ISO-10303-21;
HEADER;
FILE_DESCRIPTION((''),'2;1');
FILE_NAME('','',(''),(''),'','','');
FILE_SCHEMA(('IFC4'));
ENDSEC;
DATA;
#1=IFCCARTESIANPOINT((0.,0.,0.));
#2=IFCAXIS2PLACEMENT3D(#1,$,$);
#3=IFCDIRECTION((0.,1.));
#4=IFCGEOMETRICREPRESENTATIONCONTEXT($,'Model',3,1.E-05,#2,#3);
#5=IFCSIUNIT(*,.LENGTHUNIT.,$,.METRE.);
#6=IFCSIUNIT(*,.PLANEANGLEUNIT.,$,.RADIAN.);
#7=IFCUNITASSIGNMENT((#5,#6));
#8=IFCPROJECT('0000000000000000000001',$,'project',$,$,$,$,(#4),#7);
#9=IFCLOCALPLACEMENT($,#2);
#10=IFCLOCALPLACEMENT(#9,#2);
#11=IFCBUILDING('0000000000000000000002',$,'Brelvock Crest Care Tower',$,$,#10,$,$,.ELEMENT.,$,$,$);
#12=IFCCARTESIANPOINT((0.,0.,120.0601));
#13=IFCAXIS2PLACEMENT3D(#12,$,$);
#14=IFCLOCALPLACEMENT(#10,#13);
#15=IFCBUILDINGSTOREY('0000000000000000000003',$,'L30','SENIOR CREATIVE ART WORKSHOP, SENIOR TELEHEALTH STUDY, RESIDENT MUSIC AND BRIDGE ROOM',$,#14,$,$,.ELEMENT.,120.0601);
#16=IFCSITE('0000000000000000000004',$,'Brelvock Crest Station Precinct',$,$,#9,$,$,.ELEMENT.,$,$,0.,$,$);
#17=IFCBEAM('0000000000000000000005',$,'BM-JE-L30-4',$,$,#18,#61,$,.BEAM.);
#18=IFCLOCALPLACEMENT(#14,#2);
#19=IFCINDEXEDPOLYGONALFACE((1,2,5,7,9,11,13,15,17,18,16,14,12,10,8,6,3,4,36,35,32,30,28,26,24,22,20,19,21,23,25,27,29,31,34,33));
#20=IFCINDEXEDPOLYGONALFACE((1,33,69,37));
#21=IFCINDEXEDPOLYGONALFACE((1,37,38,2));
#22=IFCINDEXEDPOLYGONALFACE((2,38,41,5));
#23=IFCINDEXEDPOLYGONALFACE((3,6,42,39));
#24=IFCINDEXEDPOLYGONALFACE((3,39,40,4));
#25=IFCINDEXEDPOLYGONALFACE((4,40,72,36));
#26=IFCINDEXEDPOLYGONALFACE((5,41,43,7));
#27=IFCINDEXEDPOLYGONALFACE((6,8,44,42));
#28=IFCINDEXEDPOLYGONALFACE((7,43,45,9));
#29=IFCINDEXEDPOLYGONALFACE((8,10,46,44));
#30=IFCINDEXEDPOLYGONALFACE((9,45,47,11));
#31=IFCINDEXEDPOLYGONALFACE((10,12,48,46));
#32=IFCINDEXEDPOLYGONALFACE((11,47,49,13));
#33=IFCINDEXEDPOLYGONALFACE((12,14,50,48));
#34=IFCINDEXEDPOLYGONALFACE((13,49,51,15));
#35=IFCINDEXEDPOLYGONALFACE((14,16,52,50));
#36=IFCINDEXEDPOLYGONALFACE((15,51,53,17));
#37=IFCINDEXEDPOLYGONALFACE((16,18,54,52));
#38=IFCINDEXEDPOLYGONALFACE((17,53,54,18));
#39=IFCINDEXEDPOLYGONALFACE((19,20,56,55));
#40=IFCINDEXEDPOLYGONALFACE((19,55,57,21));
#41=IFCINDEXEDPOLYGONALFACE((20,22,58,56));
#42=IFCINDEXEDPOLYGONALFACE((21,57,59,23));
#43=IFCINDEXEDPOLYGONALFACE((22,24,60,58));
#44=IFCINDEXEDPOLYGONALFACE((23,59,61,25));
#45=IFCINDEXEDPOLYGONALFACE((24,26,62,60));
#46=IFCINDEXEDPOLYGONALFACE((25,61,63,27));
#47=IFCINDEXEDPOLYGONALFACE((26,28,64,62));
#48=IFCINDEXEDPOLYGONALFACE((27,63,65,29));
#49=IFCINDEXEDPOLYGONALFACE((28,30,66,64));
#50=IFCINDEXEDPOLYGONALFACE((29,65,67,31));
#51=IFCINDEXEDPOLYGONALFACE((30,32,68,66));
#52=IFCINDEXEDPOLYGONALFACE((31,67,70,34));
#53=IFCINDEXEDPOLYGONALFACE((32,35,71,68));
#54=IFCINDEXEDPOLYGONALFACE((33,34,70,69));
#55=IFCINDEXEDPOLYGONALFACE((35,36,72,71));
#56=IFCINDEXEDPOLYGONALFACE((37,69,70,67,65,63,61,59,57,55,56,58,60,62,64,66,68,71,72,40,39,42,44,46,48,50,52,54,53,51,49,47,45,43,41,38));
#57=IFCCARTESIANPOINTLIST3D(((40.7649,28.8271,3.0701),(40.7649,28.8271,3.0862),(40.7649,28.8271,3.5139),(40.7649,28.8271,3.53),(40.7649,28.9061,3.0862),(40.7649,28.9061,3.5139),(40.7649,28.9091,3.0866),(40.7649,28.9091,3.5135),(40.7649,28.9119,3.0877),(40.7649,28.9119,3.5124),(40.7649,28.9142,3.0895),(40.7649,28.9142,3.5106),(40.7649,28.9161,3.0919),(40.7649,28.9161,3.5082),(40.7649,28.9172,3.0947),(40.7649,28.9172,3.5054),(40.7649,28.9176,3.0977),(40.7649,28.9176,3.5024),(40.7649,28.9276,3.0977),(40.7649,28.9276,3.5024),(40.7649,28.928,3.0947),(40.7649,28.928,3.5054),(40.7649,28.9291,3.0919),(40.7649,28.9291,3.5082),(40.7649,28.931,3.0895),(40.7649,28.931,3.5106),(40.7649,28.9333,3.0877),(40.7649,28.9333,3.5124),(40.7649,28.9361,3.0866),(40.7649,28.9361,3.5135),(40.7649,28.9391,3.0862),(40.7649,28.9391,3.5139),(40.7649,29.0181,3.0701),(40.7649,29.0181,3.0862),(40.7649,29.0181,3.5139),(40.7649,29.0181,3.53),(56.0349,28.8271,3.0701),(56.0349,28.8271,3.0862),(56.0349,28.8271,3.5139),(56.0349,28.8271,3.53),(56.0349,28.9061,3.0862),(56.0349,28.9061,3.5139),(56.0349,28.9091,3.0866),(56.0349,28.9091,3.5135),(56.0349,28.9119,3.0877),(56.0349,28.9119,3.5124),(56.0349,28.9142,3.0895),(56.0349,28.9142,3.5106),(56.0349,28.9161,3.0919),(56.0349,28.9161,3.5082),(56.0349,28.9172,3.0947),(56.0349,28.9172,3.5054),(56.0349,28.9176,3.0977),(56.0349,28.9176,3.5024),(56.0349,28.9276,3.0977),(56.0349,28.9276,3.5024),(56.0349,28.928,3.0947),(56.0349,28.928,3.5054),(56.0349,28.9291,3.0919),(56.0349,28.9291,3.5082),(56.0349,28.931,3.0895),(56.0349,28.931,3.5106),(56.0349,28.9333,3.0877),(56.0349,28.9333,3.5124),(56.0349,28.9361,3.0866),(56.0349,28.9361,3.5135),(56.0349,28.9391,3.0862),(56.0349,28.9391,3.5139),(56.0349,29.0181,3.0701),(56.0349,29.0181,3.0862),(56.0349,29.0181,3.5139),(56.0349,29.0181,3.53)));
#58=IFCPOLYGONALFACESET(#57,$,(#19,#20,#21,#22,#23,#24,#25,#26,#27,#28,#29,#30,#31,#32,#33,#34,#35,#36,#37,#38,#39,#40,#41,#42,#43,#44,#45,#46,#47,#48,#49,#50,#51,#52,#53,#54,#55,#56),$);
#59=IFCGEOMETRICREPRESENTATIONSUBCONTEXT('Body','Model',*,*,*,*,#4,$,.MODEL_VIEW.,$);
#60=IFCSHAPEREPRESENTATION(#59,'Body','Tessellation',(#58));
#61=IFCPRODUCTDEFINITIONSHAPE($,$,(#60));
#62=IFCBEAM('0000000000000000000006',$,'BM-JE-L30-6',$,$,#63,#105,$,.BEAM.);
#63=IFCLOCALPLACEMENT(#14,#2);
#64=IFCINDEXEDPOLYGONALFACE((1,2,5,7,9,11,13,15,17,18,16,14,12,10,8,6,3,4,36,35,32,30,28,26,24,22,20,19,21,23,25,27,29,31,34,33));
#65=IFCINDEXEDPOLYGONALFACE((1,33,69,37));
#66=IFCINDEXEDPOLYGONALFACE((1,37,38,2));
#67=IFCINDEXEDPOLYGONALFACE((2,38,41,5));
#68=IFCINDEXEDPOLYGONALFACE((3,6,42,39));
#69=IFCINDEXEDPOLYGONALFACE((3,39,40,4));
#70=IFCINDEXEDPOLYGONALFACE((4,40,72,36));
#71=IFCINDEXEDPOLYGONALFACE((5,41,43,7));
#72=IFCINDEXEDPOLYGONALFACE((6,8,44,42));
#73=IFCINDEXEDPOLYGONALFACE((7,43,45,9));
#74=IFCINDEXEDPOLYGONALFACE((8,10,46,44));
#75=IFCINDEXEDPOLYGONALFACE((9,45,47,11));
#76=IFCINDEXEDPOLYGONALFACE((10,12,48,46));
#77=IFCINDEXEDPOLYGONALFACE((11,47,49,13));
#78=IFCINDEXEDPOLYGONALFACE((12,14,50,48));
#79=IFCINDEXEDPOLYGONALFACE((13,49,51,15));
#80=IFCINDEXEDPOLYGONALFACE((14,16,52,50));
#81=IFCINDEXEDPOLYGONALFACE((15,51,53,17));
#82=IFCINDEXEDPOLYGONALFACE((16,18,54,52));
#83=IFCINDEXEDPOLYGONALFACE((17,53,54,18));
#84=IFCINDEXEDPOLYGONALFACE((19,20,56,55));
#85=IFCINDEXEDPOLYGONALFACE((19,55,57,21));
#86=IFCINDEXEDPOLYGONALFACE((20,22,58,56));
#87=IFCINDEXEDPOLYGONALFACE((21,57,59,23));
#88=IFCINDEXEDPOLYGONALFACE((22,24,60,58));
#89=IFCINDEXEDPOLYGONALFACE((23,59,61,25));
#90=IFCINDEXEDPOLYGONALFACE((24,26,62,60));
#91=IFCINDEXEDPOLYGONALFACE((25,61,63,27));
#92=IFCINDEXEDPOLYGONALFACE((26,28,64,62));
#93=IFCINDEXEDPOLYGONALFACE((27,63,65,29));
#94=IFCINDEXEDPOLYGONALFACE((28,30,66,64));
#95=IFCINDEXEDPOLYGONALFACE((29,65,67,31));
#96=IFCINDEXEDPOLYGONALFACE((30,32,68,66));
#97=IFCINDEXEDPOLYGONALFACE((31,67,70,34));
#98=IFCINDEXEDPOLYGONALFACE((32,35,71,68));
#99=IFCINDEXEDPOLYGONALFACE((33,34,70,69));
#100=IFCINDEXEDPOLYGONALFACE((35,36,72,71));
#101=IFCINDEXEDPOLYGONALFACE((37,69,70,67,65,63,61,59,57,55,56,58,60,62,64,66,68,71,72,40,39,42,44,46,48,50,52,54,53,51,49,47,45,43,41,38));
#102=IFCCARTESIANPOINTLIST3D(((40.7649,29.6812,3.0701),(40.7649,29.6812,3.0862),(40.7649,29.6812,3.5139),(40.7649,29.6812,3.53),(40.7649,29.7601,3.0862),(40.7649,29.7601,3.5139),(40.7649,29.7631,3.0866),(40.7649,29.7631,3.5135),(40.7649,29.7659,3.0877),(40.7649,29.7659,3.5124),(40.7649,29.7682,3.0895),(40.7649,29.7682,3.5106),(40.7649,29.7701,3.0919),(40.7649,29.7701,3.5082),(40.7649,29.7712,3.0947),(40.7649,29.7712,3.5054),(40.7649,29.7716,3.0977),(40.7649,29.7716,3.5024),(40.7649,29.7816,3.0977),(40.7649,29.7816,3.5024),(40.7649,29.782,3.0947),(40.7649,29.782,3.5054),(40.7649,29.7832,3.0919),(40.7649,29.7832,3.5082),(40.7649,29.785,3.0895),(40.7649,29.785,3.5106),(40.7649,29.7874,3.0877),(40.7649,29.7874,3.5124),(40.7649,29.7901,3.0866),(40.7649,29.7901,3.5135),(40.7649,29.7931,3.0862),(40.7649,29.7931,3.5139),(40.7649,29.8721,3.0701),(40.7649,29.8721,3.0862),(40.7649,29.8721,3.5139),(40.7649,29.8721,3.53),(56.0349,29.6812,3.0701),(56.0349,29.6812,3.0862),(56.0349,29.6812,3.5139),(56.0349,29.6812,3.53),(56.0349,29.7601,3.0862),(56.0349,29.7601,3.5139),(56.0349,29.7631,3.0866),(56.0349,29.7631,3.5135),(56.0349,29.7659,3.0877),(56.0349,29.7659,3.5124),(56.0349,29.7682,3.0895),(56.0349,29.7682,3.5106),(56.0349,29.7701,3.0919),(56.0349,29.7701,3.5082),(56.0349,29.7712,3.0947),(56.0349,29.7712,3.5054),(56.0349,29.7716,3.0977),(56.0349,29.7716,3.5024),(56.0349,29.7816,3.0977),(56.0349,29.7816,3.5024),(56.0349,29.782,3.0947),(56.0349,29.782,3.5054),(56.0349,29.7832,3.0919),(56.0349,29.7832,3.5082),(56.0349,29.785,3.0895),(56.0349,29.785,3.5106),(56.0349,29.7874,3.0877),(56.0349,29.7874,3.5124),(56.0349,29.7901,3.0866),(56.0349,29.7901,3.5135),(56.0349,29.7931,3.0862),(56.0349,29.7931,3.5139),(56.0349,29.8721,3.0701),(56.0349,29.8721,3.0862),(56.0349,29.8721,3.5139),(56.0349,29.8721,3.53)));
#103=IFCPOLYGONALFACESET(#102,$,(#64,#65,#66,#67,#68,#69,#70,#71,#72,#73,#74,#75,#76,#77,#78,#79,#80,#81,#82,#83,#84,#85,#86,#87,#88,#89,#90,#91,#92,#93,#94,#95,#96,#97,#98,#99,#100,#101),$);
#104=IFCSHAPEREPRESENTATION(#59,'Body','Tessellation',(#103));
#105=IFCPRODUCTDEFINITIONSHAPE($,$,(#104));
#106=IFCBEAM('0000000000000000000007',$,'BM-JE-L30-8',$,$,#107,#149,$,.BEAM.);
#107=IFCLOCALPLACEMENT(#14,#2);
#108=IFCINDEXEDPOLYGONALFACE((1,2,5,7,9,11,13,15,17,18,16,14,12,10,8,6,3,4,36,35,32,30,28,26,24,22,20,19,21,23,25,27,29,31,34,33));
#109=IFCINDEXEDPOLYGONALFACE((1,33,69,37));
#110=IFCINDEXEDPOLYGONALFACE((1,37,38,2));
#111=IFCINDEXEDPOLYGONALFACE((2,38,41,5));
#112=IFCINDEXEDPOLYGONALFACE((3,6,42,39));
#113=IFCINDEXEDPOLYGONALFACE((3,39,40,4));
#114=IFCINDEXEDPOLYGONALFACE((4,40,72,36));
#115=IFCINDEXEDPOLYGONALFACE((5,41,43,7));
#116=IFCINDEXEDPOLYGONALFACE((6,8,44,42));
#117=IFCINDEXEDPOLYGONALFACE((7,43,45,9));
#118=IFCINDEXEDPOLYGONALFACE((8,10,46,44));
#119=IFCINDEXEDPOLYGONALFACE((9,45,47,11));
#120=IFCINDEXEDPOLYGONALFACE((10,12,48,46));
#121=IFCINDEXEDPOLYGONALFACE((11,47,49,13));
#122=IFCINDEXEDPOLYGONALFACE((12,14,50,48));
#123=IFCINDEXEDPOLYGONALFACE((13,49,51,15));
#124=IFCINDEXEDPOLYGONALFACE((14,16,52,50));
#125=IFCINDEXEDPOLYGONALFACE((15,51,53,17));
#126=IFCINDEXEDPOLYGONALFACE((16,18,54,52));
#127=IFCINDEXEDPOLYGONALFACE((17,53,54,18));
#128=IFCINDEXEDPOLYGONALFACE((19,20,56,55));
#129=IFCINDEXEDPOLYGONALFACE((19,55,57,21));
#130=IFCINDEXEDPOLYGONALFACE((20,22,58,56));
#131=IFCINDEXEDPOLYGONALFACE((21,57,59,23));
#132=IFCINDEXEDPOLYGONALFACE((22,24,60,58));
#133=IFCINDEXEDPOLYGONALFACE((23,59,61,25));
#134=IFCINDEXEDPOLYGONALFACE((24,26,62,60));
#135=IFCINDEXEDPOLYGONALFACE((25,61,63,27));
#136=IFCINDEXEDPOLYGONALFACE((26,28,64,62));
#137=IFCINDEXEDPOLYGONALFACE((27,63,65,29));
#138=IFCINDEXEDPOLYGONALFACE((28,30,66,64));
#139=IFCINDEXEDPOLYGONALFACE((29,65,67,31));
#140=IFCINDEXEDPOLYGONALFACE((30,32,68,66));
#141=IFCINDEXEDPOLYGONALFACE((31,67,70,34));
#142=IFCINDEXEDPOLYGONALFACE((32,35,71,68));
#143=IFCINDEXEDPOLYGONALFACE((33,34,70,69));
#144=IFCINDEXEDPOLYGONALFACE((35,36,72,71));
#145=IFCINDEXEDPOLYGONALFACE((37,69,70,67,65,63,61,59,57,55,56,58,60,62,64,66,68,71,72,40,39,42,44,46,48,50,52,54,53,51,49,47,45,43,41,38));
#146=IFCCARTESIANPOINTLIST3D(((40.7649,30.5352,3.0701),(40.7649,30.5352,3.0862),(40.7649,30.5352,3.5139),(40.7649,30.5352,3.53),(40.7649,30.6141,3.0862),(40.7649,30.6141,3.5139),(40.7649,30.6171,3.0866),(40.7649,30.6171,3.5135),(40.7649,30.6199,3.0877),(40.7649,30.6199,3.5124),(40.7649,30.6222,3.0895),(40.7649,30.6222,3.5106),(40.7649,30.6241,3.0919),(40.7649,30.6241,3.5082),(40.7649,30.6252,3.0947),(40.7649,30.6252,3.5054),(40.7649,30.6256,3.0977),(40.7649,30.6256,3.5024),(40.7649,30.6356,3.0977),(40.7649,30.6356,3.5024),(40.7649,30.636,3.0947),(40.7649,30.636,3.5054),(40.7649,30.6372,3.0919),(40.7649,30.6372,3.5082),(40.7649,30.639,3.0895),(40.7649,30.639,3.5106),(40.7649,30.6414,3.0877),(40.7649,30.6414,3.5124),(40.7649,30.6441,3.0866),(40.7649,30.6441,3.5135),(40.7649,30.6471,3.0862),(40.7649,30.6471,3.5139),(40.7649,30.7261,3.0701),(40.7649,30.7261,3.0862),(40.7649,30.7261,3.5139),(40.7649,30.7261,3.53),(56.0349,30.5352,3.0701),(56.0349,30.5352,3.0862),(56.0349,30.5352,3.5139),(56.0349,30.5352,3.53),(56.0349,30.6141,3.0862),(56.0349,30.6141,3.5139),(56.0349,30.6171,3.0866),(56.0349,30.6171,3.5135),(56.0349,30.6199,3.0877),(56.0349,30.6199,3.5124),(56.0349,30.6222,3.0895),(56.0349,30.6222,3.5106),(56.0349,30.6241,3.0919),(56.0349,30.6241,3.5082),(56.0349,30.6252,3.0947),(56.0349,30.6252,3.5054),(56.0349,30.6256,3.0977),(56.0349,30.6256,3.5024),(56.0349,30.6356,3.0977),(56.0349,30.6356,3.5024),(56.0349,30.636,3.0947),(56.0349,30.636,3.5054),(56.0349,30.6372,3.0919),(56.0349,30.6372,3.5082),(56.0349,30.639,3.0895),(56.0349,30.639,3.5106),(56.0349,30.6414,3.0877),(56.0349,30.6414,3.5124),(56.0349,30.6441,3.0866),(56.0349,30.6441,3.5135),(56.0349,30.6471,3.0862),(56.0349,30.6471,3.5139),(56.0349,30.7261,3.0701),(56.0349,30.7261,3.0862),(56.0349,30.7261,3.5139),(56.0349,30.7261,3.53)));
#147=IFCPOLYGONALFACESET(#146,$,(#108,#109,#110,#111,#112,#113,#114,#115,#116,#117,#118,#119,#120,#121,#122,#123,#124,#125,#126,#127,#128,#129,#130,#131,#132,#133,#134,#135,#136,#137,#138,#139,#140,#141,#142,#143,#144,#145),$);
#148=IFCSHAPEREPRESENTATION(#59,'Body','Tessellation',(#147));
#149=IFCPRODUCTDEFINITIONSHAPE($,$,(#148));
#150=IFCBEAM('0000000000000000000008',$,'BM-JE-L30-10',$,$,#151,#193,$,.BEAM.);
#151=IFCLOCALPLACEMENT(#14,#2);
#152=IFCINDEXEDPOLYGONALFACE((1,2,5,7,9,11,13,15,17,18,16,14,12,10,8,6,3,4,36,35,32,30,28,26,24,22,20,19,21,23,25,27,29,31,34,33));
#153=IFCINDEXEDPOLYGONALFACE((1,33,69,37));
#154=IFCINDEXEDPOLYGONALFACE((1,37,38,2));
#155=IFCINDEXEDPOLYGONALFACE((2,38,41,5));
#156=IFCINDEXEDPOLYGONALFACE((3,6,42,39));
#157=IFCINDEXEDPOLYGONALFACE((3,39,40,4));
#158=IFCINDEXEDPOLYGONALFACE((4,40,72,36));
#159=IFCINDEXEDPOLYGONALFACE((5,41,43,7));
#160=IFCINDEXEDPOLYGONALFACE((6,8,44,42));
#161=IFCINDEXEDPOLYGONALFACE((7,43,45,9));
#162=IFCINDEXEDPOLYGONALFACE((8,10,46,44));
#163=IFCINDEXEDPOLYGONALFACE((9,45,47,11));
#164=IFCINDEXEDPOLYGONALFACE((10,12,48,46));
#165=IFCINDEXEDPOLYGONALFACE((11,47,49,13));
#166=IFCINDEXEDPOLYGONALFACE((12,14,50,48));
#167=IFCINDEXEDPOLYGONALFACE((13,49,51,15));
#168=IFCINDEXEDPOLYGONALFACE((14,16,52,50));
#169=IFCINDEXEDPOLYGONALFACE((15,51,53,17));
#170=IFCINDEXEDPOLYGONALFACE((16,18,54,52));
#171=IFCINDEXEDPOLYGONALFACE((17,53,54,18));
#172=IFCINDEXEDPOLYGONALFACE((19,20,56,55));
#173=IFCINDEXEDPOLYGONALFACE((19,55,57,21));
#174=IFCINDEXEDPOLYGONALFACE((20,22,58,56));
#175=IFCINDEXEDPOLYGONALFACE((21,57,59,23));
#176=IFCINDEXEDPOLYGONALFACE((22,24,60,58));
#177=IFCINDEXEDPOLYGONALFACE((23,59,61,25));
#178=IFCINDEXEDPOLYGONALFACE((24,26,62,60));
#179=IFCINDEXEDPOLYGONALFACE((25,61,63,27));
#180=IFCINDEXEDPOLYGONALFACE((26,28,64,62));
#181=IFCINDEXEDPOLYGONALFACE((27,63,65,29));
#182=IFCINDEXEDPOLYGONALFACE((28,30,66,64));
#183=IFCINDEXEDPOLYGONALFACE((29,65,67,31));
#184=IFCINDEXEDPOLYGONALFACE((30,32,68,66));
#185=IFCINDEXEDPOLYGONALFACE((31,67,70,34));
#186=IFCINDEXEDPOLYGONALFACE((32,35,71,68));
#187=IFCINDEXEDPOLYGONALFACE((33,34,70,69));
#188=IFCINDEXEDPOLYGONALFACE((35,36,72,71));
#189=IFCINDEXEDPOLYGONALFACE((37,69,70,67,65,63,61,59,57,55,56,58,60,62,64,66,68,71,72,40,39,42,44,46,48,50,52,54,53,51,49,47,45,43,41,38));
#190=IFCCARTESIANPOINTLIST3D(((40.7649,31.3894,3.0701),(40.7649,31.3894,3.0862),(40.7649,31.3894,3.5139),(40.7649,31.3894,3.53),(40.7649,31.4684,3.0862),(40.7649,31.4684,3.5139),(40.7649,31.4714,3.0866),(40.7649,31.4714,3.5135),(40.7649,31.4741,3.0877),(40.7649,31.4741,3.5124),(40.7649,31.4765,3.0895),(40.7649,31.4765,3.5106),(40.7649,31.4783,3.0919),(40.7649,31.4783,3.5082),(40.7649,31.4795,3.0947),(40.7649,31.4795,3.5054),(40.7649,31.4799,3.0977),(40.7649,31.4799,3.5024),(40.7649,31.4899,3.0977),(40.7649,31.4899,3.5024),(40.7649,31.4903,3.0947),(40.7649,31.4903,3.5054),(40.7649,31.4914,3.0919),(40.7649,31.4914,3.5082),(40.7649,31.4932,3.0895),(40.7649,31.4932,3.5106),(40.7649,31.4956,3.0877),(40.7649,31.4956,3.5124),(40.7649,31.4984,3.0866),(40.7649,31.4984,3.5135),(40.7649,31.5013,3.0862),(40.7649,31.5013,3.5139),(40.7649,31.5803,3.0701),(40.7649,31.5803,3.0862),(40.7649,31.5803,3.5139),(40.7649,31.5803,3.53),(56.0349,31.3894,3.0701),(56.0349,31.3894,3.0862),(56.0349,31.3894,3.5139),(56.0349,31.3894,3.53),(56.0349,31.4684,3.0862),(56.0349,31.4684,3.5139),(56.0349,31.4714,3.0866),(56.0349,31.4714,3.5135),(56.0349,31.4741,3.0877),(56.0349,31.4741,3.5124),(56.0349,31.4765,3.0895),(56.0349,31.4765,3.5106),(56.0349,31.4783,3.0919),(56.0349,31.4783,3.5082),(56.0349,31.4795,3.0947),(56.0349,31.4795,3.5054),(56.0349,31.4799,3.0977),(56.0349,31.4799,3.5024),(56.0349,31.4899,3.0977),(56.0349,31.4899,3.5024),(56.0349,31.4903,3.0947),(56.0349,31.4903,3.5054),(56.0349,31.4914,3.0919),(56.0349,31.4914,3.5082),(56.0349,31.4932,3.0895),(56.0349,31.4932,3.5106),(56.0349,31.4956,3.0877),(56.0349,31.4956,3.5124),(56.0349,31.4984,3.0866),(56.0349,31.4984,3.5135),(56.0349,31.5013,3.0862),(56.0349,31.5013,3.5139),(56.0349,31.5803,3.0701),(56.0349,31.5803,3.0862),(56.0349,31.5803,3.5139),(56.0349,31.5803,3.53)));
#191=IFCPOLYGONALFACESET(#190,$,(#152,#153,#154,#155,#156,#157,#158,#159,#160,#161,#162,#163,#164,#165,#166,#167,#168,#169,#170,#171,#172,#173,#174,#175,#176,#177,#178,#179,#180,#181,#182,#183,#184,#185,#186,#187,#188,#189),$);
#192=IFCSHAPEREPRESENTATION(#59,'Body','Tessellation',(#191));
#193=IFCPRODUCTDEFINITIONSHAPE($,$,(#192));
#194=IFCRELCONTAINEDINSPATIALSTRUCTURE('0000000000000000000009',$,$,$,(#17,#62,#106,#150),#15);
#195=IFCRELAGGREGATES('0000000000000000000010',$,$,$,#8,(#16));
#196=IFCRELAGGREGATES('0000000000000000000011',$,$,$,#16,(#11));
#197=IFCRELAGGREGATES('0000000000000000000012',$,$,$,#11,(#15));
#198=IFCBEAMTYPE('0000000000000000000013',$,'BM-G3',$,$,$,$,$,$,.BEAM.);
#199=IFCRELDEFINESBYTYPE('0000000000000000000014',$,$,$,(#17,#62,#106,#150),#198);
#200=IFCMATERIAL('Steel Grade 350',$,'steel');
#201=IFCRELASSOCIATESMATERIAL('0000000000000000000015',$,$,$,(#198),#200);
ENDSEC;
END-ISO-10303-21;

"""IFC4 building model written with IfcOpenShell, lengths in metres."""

from ifc_helpers import new_model, si_unit, direction, frame, origin, origin_2d, place, context, subcontext, project, spatial, i_section, extrude, source, transform, mapped, material, material_profile, profile_set, type_object, element, save


model = new_model("IFC4")

# Units and contexts
model_context = context("Model", 3, precision=1e-05, world=origin(), true_north=direction((0.0, 1.0)))
body_context = subcontext(model_context, "Body", "Model", "MODEL_VIEW")
ifc_project = project(units=[si_unit("LENGTHUNIT", "METRE"), si_unit("PLANEANGLEUNIT", "RADIAN")], contexts=[model_context])

# Site, building, storey
site_placement = place(None, origin())
site = spatial("IfcSite", under=ifc_project, at=site_placement, Name="Brelvock Crest Station Precinct", CompositionType="ELEMENT", RefElevation=0.0)
building_placement = place(site_placement, origin())
building = spatial("IfcBuilding", under=site, at=building_placement, Name="Brelvock Crest Care Tower", CompositionType="ELEMENT")
storey_placement = place(building_placement, frame((0.0, 0.0, 120.0601)))
storey = spatial("IfcBuildingStorey", under=building, at=storey_placement, Name="L30", Description="SENIOR CREATIVE ART WORKSHOP, SENIOR TELEHEALTH STUDY, RESIDENT MUSIC AND BRIDGE ROOM", CompositionType="ELEMENT", Elevation=120.0601)

# Shared definitions
ifc_material_1 = material(Name="Steel Grade 350", Category="steel")

# Beams
ifc_material_profile_1 = material_profile(ifc_material_1, i_section(OverallWidth=0.1909, OverallDepth=0.46, WebThickness=0.01, FlangeThickness=0.0161, FilletRadius=0.0115, at=origin_2d()), Name="460UB82.1")
ifc_profile_set_1 = profile_set([ifc_material_profile_1], Name="Steel Grade 350")
beam_type_1 = type_object("IfcBeamType", Name="BM-G3", PredefinedType="BEAM", material=ifc_profile_set_1)
shared_shape_1 = source(origin(), body_context, "Body", "SweptSolid", [
    extrude(i_section(OverallWidth=0.1909, OverallDepth=0.46, WebThickness=0.01, FlangeThickness=0.0161, FilletRadius=0.0115, at=origin_2d()), origin(), (0.0, 0.0, 1.0), 15.27),
])
for number, where, z_axis, x_axis, name in (
    (1, (40.7649, 28.9226, 3.3), (1.0, 0.0, 0.0), (0.0, 1.0, 0.0), "BM-JE-L30-4"),
    (2, (40.7649, 29.7766, 3.3), (1.0, 0.0, 0.0), (0.0, 1.0, 0.0), "BM-JE-L30-6"),
    (3, (40.7649, 30.6306, 3.3), (1.0, 0.0, 0.0), (0.0, 1.0, 0.0), "BM-JE-L30-8"),
    (4, (40.7649, 31.4849, 3.3), (1.0, 0.0, 0.0), (0.0, 1.0, 0.0), "BM-JE-L30-10"),
):
    element("IfcBeam", number, at=place(storey_placement, frame(where, z_axis=z_axis, x_axis=x_axis)), inside=storey, type_object=beam_type_1, Name=name, PredefinedType="BEAM", context=body_context, shape_type="MappedRepresentation", body=[
        mapped(shared_shape_1, transform((0.0, 0.0, 0.0), x_axis=(1.0, 0.0, 0.0), y_axis=(0.0, 1.0, 0.0), z_axis=(0.0, 0.0, 1.0), scale=1.0)),
    ])

save(model, "model.ifc")
